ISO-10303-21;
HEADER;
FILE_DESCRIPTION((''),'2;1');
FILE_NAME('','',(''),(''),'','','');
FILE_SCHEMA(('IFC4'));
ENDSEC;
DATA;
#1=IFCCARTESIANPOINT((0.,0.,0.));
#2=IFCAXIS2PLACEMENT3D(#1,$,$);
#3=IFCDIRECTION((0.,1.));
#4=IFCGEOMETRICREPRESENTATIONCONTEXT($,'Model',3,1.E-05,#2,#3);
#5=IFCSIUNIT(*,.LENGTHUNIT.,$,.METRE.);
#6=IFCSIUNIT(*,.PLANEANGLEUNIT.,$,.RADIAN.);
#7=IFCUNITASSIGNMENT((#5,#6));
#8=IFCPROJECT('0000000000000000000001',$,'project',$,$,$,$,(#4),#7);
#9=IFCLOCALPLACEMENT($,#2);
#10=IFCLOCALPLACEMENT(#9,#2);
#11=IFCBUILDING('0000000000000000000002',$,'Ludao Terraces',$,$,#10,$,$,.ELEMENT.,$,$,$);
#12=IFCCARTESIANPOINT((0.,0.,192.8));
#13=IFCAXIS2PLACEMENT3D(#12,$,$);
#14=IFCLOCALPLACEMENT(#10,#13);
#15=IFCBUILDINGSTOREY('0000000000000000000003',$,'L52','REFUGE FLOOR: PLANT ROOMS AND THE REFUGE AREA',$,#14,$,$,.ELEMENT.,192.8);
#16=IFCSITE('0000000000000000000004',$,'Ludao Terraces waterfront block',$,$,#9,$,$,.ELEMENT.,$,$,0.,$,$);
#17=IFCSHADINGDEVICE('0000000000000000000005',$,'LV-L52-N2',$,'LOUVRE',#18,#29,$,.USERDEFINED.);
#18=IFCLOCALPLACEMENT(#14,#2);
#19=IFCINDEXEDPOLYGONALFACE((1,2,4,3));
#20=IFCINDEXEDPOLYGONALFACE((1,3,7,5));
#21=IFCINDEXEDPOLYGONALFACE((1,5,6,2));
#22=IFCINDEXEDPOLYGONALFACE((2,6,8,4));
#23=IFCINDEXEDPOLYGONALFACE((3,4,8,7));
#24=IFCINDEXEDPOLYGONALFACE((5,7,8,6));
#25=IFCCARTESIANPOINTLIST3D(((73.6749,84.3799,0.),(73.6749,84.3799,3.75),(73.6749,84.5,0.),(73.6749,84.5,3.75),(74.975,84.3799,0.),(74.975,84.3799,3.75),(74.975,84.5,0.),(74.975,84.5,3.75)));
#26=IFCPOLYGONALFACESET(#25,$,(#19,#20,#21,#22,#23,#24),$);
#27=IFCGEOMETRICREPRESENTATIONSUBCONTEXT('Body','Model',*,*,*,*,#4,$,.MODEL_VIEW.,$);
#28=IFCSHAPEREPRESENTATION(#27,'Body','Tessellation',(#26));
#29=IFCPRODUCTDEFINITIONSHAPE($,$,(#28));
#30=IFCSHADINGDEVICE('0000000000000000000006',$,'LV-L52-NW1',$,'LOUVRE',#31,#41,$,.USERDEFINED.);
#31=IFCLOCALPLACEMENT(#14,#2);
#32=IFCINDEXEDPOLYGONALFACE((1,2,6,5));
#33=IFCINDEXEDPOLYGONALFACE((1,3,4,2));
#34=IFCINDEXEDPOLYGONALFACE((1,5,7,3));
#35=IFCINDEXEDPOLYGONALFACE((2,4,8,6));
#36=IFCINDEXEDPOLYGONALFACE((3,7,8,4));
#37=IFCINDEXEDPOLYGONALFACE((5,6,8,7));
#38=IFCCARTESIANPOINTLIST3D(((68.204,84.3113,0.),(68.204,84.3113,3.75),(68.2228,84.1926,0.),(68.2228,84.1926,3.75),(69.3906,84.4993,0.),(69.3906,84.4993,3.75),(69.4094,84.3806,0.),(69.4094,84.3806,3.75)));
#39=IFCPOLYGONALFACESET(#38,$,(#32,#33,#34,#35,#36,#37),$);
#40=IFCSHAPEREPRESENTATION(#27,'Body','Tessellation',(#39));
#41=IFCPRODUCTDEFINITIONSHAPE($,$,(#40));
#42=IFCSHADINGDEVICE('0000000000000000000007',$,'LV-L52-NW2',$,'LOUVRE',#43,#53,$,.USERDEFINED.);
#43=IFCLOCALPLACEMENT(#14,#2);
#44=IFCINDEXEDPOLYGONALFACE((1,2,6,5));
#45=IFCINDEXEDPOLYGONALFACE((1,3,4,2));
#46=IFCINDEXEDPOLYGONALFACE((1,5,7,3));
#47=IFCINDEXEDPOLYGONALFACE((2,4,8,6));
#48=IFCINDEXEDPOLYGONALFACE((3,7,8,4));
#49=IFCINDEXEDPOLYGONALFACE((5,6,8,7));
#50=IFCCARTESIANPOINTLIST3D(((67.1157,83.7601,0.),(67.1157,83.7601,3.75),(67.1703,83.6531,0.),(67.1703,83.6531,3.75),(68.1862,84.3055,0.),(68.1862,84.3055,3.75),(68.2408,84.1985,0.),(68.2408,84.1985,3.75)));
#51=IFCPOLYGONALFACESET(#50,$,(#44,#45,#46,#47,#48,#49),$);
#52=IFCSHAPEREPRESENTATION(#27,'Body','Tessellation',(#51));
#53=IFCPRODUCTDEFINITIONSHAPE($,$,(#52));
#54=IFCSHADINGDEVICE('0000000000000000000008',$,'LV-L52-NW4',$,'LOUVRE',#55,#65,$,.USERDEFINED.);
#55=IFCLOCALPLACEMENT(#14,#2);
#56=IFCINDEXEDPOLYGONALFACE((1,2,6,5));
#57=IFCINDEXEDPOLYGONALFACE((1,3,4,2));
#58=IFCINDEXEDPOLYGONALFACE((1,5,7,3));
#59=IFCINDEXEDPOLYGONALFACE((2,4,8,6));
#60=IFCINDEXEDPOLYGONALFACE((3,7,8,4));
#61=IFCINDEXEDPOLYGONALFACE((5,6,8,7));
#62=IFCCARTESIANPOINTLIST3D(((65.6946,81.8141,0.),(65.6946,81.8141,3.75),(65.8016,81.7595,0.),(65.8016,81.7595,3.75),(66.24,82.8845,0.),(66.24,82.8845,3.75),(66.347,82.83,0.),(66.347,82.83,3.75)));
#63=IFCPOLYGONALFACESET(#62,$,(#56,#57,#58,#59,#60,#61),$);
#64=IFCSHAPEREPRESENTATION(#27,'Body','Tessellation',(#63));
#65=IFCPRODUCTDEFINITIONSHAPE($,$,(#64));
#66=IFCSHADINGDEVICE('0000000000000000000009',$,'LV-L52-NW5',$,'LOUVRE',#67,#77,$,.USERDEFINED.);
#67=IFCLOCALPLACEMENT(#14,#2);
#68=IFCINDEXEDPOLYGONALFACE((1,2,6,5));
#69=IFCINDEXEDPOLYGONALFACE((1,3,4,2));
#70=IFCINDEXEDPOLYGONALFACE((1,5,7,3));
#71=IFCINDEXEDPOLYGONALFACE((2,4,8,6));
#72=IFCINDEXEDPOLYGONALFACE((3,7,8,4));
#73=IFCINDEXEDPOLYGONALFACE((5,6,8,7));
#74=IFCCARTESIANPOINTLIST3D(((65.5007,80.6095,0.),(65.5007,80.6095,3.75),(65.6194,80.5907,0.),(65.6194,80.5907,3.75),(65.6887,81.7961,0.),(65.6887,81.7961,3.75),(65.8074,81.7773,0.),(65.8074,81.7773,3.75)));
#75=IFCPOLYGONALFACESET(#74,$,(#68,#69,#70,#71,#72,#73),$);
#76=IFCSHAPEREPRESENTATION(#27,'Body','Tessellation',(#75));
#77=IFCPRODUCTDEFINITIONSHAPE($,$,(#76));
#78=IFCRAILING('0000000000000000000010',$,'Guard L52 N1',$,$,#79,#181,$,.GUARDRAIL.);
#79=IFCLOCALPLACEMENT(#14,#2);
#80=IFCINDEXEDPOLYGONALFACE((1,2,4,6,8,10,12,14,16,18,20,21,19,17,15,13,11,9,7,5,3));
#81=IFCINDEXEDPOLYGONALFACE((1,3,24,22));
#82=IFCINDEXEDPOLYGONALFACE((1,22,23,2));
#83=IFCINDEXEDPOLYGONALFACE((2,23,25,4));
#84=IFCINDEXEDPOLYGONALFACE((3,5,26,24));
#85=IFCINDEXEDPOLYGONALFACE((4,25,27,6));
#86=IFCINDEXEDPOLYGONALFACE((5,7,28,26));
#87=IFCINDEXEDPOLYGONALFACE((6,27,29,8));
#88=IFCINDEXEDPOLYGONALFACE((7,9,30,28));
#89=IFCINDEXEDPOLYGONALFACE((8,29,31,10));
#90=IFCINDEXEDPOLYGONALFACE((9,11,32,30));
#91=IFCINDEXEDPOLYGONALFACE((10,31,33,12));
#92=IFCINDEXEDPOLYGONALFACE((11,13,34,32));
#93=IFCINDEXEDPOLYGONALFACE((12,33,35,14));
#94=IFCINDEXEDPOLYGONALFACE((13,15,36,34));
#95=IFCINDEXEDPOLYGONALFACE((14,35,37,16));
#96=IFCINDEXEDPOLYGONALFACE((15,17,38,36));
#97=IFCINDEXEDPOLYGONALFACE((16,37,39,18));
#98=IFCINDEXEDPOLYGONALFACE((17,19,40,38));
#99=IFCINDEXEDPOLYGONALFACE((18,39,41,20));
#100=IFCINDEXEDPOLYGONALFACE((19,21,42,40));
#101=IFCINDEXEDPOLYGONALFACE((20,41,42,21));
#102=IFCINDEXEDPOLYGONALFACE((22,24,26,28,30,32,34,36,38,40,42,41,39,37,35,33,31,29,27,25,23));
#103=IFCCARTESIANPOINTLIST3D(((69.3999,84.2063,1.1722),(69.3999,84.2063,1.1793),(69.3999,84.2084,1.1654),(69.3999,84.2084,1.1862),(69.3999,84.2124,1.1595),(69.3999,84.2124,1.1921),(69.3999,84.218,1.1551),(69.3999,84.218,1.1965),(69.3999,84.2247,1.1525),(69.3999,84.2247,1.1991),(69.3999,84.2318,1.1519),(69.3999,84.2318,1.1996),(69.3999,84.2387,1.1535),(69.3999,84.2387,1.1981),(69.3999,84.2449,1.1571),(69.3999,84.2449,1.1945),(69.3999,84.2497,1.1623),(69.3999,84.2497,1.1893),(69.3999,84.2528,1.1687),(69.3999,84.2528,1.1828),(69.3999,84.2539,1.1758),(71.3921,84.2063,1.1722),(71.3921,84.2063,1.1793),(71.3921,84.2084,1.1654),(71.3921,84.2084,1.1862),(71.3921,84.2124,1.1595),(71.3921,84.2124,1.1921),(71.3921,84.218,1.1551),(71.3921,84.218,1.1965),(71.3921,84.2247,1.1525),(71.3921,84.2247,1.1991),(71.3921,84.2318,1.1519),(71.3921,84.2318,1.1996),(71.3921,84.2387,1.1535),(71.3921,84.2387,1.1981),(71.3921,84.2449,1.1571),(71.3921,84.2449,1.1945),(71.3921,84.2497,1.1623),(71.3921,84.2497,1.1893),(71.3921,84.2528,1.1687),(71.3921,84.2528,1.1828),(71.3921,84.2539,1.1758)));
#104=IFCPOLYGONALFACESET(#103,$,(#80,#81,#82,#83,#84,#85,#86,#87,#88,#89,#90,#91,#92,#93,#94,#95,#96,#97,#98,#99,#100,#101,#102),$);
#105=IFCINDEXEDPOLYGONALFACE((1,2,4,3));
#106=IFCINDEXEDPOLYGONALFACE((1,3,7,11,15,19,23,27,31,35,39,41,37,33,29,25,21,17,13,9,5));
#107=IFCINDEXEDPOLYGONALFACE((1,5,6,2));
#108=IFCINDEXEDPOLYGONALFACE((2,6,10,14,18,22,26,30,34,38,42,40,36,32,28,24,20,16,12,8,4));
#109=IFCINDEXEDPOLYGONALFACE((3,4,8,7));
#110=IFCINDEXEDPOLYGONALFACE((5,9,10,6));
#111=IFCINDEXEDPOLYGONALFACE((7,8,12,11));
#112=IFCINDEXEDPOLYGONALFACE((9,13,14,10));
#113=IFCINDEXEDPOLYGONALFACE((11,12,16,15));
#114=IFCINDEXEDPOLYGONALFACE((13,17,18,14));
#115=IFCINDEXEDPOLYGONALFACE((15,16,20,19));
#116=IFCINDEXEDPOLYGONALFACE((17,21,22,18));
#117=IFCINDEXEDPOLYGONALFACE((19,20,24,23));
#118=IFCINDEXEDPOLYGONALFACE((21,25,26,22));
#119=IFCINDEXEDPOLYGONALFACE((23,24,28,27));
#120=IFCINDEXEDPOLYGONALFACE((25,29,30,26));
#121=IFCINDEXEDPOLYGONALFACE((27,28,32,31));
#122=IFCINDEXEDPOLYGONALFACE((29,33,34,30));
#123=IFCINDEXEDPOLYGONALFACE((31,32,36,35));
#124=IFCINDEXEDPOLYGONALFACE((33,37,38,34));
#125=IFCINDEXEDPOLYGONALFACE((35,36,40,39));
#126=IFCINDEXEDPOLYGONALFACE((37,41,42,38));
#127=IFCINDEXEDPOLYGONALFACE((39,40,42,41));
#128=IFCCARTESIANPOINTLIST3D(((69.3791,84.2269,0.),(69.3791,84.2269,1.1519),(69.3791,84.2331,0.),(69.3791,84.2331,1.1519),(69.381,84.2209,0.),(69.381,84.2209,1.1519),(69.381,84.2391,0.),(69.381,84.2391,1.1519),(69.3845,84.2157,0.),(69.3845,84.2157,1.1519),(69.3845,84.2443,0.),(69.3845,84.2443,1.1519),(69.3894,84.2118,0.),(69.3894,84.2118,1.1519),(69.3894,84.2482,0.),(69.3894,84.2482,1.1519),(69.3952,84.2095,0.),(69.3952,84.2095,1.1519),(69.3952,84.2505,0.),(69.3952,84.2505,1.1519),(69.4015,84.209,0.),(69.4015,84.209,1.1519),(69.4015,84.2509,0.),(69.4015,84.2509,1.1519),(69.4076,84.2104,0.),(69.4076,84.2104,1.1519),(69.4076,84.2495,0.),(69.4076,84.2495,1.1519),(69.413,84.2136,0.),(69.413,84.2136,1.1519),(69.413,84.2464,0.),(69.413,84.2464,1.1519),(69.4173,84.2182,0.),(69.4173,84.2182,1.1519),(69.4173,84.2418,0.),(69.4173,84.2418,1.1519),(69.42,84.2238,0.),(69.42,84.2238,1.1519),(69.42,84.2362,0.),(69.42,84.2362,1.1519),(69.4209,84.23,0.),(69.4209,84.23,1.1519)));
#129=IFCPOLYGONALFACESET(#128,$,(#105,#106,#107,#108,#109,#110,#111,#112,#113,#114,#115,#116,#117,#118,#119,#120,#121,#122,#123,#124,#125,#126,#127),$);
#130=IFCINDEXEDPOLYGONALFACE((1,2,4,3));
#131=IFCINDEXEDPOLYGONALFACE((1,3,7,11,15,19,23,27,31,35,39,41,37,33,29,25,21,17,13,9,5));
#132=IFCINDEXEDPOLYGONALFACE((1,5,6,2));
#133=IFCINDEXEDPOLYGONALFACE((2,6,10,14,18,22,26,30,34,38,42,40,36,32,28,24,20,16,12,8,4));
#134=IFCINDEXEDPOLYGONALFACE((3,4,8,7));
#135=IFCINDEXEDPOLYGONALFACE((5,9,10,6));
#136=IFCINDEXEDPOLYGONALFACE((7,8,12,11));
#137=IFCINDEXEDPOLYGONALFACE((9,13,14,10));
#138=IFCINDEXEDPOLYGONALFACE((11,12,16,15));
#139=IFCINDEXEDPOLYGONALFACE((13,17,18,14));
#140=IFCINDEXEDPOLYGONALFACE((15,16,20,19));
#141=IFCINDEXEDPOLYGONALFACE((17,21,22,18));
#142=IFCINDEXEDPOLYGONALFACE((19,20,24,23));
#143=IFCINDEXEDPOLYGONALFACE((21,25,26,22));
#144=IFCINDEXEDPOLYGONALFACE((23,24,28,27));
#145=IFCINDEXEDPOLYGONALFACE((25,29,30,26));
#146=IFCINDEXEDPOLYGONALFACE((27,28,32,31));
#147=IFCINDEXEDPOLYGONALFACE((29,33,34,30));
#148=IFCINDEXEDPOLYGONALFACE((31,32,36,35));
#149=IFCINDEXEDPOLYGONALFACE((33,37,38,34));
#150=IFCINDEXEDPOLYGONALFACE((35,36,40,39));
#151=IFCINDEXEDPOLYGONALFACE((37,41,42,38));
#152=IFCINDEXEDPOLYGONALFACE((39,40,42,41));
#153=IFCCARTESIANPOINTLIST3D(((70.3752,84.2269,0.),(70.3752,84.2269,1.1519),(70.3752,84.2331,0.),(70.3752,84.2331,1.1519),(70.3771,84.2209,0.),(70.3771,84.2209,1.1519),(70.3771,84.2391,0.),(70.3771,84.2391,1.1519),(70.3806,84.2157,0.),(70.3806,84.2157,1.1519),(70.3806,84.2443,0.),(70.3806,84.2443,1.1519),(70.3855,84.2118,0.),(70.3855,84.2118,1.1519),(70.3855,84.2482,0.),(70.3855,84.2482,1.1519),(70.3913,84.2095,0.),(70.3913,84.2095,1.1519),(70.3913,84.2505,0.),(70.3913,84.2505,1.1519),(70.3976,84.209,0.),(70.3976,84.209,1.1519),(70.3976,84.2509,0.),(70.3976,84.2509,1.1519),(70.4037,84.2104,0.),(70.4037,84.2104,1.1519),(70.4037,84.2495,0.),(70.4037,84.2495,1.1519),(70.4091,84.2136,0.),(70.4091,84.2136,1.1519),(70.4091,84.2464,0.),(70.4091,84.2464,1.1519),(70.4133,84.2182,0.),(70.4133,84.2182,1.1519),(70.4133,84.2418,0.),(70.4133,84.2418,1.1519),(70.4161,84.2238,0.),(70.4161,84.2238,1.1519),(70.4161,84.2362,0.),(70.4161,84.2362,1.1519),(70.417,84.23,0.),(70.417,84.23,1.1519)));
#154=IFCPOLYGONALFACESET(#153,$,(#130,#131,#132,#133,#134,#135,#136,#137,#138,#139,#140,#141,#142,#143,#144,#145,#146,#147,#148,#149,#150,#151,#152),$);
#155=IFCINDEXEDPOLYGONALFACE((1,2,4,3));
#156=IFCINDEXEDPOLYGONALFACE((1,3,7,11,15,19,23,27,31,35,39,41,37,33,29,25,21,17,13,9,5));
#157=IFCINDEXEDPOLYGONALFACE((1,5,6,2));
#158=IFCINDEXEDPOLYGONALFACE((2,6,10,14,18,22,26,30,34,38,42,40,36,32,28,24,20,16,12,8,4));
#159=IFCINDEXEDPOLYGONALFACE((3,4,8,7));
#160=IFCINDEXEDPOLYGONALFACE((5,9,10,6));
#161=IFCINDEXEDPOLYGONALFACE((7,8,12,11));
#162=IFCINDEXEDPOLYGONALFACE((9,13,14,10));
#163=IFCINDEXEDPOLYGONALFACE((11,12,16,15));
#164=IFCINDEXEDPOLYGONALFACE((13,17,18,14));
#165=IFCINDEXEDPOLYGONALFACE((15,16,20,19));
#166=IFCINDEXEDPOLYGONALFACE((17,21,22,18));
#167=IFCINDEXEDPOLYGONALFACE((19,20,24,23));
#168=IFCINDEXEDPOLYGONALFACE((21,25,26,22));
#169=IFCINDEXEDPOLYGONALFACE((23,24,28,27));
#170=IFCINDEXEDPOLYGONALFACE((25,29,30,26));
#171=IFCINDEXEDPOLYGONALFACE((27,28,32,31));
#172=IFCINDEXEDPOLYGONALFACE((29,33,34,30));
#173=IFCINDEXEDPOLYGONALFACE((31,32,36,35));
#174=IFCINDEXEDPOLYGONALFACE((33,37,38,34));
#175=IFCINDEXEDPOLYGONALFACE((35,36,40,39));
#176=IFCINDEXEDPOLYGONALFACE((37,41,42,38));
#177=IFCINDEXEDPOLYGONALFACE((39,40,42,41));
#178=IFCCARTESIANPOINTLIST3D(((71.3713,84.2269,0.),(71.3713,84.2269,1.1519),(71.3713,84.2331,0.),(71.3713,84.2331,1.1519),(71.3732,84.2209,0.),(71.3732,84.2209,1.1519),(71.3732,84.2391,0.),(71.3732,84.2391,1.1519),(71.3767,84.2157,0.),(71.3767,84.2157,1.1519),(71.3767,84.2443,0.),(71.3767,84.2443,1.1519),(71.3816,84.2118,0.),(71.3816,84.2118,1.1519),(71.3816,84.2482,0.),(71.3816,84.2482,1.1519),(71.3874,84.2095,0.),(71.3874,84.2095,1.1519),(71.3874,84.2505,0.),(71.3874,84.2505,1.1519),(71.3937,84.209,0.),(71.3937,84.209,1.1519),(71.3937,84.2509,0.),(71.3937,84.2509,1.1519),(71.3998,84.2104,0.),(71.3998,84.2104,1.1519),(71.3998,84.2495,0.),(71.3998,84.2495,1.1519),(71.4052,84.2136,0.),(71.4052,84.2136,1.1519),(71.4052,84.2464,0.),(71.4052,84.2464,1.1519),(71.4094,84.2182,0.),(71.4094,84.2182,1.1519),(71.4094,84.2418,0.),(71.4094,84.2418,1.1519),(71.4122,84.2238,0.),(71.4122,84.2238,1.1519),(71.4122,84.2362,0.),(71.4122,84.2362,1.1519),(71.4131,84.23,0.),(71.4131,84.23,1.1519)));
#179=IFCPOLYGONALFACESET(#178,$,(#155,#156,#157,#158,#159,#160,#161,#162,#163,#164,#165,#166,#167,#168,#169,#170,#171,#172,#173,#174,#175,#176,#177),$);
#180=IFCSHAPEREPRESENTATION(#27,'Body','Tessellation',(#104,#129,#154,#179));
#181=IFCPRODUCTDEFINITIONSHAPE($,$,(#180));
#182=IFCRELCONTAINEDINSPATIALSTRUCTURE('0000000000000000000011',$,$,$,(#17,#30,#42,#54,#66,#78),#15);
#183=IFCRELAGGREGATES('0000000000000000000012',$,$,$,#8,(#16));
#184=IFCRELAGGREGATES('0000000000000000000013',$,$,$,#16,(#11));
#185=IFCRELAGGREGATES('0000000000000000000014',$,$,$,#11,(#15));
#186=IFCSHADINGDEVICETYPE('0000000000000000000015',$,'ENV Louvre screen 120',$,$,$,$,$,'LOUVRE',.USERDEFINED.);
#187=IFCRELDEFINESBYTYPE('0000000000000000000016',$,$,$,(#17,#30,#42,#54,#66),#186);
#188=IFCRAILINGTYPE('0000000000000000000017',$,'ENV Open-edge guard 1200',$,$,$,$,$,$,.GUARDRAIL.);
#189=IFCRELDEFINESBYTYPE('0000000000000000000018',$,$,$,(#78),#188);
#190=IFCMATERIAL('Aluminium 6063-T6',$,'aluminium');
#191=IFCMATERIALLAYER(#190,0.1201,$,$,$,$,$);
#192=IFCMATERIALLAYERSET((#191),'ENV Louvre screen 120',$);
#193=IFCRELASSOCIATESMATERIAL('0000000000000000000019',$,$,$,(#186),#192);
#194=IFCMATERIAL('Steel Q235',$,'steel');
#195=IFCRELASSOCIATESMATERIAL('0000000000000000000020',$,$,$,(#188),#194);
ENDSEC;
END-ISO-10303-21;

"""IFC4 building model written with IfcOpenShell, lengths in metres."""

from ifc_helpers import new_model, si_unit, direction, frame, frame_2d, origin, origin_2d, place, context, subcontext, project, spatial, rectangle, circle, extrude, material, layer, layer_set, type_object, element, save


model = new_model("IFC4")

# Units and contexts
model_context = context("Model", 3, precision=1e-05, world=origin(), true_north=direction((0.0, 1.0)))
body_context = subcontext(model_context, "Body", "Model", "MODEL_VIEW")
ifc_project = project(units=[si_unit("LENGTHUNIT", "METRE"), si_unit("PLANEANGLEUNIT", "RADIAN")], contexts=[model_context])

# Site, building, storey
site_placement = place(None, origin())
site = spatial("IfcSite", under=ifc_project, at=site_placement, Name="Ludao Terraces waterfront block", CompositionType="ELEMENT", RefElevation=0.0)
building_placement = place(site_placement, origin())
building = spatial("IfcBuilding", under=site, at=building_placement, Name="Ludao Terraces", CompositionType="ELEMENT")
storey_placement = place(building_placement, frame((0.0, 0.0, 192.8)))
storey = spatial("IfcBuildingStorey", under=building, at=storey_placement, Name="L52", Description="REFUGE FLOOR: PLANT ROOMS AND THE REFUGE AREA", CompositionType="ELEMENT", Elevation=192.8)

# Shading devices
ifc_material_1 = material(Name="Aluminium 6063-T6", Category="aluminium")
ifc_layer_1 = layer(ifc_material_1, 0.1201)
ifc_layer_set_1 = layer_set([ifc_layer_1], Name="ENV Louvre screen 120")
shading_device_type = type_object("IfcShadingDeviceType", Name="ENV Louvre screen 120", ElementType="LOUVRE", PredefinedType="USERDEFINED", material=ifc_layer_set_1)
shading_device_1_placement = place(storey_placement, frame((73.675, 84.4399, 0.0), z_axis=(0.0, 0.0, 1.0), x_axis=(1.0, 0.0, 0.0)))
element("IfcShadingDevice", 1, at=shading_device_1_placement, inside=storey, type_object=shading_device_type, Name="LV-L52-N2", ObjectType="LOUVRE", PredefinedType="USERDEFINED", context=body_context, shape_type="SweptSolid", body=[
    extrude(rectangle(XDim=1.3, YDim=0.1201, at=frame_2d((0.6499, 0.0))), origin(), (0.0, 0.0, 1.0), 3.75),
])
for number, where, z_axis, x_axis, name in (
    (2, (69.3999, 84.4399, 0.0), (0.0, 0.0, 1.0), (-0.98768, -0.156484, 0.0), "LV-L52-NW1"),
    (3, (68.2134, 84.252, 0.0), (0.0, 0.0, 1.0), (-0.891029, -0.453947, 0.0), "LV-L52-NW2"),
    (4, (66.2935, 82.8572, 0.0), (0.0, 0.0, 1.0), (-0.453947, -0.891029, 0.0), "LV-L52-NW4"),
    (5, (65.748, 81.7866, 0.0), (0.0, 0.0, 1.0), (-0.156484, -0.98768, 0.0), "LV-L52-NW5"),
):
    element("IfcShadingDevice", number, at=place(storey_placement, frame(where, z_axis=z_axis, x_axis=x_axis)), inside=storey, type_object=shading_device_type, Name=name, ObjectType="LOUVRE", PredefinedType="USERDEFINED", context=body_context, shape_type="SweptSolid", body=[
        extrude(rectangle(XDim=1.2014, YDim=0.1201, at=frame_2d((0.6006, 0.0))), origin(), (0.0, 0.0, 1.0), 3.75),
    ])

# Railing
ifc_material_2 = material(Name="Steel Q235", Category="steel")
railing_type_1 = type_object("IfcRailingType", Name="ENV Open-edge guard 1200", PredefinedType="GUARDRAIL", material=ifc_material_2)
railing_1_placement = place(storey_placement, frame((69.3999, 84.23, 0.0)))
element("IfcRailing", 6, at=railing_1_placement, inside=storey, type_object=railing_type_1, Name="Guard L52 N1", PredefinedType="GUARDRAIL", context=body_context, shape_type="SweptSolid", body=[
    extrude(circle(Radius=0.0239, at=origin_2d()), frame((0.0, 0.0, 1.1758), z_axis=(1.0, 0.0, 0.0), x_axis=(0.0, 1.0, 0.0)), (0.0, 0.0, 1.0), 1.9922),
    extrude(circle(Radius=0.021, at=origin_2d()), origin(), (0.0, 0.0, 1.0), 1.1519),
    extrude(circle(Radius=0.021, at=origin_2d()), frame((0.9961, 0.0, 0.0)), (0.0, 0.0, 1.0), 1.1519),
    extrude(circle(Radius=0.021, at=origin_2d()), frame((1.9922, 0.0, 0.0)), (0.0, 0.0, 1.0), 1.1519),
])

save(model, "model.ifc")
